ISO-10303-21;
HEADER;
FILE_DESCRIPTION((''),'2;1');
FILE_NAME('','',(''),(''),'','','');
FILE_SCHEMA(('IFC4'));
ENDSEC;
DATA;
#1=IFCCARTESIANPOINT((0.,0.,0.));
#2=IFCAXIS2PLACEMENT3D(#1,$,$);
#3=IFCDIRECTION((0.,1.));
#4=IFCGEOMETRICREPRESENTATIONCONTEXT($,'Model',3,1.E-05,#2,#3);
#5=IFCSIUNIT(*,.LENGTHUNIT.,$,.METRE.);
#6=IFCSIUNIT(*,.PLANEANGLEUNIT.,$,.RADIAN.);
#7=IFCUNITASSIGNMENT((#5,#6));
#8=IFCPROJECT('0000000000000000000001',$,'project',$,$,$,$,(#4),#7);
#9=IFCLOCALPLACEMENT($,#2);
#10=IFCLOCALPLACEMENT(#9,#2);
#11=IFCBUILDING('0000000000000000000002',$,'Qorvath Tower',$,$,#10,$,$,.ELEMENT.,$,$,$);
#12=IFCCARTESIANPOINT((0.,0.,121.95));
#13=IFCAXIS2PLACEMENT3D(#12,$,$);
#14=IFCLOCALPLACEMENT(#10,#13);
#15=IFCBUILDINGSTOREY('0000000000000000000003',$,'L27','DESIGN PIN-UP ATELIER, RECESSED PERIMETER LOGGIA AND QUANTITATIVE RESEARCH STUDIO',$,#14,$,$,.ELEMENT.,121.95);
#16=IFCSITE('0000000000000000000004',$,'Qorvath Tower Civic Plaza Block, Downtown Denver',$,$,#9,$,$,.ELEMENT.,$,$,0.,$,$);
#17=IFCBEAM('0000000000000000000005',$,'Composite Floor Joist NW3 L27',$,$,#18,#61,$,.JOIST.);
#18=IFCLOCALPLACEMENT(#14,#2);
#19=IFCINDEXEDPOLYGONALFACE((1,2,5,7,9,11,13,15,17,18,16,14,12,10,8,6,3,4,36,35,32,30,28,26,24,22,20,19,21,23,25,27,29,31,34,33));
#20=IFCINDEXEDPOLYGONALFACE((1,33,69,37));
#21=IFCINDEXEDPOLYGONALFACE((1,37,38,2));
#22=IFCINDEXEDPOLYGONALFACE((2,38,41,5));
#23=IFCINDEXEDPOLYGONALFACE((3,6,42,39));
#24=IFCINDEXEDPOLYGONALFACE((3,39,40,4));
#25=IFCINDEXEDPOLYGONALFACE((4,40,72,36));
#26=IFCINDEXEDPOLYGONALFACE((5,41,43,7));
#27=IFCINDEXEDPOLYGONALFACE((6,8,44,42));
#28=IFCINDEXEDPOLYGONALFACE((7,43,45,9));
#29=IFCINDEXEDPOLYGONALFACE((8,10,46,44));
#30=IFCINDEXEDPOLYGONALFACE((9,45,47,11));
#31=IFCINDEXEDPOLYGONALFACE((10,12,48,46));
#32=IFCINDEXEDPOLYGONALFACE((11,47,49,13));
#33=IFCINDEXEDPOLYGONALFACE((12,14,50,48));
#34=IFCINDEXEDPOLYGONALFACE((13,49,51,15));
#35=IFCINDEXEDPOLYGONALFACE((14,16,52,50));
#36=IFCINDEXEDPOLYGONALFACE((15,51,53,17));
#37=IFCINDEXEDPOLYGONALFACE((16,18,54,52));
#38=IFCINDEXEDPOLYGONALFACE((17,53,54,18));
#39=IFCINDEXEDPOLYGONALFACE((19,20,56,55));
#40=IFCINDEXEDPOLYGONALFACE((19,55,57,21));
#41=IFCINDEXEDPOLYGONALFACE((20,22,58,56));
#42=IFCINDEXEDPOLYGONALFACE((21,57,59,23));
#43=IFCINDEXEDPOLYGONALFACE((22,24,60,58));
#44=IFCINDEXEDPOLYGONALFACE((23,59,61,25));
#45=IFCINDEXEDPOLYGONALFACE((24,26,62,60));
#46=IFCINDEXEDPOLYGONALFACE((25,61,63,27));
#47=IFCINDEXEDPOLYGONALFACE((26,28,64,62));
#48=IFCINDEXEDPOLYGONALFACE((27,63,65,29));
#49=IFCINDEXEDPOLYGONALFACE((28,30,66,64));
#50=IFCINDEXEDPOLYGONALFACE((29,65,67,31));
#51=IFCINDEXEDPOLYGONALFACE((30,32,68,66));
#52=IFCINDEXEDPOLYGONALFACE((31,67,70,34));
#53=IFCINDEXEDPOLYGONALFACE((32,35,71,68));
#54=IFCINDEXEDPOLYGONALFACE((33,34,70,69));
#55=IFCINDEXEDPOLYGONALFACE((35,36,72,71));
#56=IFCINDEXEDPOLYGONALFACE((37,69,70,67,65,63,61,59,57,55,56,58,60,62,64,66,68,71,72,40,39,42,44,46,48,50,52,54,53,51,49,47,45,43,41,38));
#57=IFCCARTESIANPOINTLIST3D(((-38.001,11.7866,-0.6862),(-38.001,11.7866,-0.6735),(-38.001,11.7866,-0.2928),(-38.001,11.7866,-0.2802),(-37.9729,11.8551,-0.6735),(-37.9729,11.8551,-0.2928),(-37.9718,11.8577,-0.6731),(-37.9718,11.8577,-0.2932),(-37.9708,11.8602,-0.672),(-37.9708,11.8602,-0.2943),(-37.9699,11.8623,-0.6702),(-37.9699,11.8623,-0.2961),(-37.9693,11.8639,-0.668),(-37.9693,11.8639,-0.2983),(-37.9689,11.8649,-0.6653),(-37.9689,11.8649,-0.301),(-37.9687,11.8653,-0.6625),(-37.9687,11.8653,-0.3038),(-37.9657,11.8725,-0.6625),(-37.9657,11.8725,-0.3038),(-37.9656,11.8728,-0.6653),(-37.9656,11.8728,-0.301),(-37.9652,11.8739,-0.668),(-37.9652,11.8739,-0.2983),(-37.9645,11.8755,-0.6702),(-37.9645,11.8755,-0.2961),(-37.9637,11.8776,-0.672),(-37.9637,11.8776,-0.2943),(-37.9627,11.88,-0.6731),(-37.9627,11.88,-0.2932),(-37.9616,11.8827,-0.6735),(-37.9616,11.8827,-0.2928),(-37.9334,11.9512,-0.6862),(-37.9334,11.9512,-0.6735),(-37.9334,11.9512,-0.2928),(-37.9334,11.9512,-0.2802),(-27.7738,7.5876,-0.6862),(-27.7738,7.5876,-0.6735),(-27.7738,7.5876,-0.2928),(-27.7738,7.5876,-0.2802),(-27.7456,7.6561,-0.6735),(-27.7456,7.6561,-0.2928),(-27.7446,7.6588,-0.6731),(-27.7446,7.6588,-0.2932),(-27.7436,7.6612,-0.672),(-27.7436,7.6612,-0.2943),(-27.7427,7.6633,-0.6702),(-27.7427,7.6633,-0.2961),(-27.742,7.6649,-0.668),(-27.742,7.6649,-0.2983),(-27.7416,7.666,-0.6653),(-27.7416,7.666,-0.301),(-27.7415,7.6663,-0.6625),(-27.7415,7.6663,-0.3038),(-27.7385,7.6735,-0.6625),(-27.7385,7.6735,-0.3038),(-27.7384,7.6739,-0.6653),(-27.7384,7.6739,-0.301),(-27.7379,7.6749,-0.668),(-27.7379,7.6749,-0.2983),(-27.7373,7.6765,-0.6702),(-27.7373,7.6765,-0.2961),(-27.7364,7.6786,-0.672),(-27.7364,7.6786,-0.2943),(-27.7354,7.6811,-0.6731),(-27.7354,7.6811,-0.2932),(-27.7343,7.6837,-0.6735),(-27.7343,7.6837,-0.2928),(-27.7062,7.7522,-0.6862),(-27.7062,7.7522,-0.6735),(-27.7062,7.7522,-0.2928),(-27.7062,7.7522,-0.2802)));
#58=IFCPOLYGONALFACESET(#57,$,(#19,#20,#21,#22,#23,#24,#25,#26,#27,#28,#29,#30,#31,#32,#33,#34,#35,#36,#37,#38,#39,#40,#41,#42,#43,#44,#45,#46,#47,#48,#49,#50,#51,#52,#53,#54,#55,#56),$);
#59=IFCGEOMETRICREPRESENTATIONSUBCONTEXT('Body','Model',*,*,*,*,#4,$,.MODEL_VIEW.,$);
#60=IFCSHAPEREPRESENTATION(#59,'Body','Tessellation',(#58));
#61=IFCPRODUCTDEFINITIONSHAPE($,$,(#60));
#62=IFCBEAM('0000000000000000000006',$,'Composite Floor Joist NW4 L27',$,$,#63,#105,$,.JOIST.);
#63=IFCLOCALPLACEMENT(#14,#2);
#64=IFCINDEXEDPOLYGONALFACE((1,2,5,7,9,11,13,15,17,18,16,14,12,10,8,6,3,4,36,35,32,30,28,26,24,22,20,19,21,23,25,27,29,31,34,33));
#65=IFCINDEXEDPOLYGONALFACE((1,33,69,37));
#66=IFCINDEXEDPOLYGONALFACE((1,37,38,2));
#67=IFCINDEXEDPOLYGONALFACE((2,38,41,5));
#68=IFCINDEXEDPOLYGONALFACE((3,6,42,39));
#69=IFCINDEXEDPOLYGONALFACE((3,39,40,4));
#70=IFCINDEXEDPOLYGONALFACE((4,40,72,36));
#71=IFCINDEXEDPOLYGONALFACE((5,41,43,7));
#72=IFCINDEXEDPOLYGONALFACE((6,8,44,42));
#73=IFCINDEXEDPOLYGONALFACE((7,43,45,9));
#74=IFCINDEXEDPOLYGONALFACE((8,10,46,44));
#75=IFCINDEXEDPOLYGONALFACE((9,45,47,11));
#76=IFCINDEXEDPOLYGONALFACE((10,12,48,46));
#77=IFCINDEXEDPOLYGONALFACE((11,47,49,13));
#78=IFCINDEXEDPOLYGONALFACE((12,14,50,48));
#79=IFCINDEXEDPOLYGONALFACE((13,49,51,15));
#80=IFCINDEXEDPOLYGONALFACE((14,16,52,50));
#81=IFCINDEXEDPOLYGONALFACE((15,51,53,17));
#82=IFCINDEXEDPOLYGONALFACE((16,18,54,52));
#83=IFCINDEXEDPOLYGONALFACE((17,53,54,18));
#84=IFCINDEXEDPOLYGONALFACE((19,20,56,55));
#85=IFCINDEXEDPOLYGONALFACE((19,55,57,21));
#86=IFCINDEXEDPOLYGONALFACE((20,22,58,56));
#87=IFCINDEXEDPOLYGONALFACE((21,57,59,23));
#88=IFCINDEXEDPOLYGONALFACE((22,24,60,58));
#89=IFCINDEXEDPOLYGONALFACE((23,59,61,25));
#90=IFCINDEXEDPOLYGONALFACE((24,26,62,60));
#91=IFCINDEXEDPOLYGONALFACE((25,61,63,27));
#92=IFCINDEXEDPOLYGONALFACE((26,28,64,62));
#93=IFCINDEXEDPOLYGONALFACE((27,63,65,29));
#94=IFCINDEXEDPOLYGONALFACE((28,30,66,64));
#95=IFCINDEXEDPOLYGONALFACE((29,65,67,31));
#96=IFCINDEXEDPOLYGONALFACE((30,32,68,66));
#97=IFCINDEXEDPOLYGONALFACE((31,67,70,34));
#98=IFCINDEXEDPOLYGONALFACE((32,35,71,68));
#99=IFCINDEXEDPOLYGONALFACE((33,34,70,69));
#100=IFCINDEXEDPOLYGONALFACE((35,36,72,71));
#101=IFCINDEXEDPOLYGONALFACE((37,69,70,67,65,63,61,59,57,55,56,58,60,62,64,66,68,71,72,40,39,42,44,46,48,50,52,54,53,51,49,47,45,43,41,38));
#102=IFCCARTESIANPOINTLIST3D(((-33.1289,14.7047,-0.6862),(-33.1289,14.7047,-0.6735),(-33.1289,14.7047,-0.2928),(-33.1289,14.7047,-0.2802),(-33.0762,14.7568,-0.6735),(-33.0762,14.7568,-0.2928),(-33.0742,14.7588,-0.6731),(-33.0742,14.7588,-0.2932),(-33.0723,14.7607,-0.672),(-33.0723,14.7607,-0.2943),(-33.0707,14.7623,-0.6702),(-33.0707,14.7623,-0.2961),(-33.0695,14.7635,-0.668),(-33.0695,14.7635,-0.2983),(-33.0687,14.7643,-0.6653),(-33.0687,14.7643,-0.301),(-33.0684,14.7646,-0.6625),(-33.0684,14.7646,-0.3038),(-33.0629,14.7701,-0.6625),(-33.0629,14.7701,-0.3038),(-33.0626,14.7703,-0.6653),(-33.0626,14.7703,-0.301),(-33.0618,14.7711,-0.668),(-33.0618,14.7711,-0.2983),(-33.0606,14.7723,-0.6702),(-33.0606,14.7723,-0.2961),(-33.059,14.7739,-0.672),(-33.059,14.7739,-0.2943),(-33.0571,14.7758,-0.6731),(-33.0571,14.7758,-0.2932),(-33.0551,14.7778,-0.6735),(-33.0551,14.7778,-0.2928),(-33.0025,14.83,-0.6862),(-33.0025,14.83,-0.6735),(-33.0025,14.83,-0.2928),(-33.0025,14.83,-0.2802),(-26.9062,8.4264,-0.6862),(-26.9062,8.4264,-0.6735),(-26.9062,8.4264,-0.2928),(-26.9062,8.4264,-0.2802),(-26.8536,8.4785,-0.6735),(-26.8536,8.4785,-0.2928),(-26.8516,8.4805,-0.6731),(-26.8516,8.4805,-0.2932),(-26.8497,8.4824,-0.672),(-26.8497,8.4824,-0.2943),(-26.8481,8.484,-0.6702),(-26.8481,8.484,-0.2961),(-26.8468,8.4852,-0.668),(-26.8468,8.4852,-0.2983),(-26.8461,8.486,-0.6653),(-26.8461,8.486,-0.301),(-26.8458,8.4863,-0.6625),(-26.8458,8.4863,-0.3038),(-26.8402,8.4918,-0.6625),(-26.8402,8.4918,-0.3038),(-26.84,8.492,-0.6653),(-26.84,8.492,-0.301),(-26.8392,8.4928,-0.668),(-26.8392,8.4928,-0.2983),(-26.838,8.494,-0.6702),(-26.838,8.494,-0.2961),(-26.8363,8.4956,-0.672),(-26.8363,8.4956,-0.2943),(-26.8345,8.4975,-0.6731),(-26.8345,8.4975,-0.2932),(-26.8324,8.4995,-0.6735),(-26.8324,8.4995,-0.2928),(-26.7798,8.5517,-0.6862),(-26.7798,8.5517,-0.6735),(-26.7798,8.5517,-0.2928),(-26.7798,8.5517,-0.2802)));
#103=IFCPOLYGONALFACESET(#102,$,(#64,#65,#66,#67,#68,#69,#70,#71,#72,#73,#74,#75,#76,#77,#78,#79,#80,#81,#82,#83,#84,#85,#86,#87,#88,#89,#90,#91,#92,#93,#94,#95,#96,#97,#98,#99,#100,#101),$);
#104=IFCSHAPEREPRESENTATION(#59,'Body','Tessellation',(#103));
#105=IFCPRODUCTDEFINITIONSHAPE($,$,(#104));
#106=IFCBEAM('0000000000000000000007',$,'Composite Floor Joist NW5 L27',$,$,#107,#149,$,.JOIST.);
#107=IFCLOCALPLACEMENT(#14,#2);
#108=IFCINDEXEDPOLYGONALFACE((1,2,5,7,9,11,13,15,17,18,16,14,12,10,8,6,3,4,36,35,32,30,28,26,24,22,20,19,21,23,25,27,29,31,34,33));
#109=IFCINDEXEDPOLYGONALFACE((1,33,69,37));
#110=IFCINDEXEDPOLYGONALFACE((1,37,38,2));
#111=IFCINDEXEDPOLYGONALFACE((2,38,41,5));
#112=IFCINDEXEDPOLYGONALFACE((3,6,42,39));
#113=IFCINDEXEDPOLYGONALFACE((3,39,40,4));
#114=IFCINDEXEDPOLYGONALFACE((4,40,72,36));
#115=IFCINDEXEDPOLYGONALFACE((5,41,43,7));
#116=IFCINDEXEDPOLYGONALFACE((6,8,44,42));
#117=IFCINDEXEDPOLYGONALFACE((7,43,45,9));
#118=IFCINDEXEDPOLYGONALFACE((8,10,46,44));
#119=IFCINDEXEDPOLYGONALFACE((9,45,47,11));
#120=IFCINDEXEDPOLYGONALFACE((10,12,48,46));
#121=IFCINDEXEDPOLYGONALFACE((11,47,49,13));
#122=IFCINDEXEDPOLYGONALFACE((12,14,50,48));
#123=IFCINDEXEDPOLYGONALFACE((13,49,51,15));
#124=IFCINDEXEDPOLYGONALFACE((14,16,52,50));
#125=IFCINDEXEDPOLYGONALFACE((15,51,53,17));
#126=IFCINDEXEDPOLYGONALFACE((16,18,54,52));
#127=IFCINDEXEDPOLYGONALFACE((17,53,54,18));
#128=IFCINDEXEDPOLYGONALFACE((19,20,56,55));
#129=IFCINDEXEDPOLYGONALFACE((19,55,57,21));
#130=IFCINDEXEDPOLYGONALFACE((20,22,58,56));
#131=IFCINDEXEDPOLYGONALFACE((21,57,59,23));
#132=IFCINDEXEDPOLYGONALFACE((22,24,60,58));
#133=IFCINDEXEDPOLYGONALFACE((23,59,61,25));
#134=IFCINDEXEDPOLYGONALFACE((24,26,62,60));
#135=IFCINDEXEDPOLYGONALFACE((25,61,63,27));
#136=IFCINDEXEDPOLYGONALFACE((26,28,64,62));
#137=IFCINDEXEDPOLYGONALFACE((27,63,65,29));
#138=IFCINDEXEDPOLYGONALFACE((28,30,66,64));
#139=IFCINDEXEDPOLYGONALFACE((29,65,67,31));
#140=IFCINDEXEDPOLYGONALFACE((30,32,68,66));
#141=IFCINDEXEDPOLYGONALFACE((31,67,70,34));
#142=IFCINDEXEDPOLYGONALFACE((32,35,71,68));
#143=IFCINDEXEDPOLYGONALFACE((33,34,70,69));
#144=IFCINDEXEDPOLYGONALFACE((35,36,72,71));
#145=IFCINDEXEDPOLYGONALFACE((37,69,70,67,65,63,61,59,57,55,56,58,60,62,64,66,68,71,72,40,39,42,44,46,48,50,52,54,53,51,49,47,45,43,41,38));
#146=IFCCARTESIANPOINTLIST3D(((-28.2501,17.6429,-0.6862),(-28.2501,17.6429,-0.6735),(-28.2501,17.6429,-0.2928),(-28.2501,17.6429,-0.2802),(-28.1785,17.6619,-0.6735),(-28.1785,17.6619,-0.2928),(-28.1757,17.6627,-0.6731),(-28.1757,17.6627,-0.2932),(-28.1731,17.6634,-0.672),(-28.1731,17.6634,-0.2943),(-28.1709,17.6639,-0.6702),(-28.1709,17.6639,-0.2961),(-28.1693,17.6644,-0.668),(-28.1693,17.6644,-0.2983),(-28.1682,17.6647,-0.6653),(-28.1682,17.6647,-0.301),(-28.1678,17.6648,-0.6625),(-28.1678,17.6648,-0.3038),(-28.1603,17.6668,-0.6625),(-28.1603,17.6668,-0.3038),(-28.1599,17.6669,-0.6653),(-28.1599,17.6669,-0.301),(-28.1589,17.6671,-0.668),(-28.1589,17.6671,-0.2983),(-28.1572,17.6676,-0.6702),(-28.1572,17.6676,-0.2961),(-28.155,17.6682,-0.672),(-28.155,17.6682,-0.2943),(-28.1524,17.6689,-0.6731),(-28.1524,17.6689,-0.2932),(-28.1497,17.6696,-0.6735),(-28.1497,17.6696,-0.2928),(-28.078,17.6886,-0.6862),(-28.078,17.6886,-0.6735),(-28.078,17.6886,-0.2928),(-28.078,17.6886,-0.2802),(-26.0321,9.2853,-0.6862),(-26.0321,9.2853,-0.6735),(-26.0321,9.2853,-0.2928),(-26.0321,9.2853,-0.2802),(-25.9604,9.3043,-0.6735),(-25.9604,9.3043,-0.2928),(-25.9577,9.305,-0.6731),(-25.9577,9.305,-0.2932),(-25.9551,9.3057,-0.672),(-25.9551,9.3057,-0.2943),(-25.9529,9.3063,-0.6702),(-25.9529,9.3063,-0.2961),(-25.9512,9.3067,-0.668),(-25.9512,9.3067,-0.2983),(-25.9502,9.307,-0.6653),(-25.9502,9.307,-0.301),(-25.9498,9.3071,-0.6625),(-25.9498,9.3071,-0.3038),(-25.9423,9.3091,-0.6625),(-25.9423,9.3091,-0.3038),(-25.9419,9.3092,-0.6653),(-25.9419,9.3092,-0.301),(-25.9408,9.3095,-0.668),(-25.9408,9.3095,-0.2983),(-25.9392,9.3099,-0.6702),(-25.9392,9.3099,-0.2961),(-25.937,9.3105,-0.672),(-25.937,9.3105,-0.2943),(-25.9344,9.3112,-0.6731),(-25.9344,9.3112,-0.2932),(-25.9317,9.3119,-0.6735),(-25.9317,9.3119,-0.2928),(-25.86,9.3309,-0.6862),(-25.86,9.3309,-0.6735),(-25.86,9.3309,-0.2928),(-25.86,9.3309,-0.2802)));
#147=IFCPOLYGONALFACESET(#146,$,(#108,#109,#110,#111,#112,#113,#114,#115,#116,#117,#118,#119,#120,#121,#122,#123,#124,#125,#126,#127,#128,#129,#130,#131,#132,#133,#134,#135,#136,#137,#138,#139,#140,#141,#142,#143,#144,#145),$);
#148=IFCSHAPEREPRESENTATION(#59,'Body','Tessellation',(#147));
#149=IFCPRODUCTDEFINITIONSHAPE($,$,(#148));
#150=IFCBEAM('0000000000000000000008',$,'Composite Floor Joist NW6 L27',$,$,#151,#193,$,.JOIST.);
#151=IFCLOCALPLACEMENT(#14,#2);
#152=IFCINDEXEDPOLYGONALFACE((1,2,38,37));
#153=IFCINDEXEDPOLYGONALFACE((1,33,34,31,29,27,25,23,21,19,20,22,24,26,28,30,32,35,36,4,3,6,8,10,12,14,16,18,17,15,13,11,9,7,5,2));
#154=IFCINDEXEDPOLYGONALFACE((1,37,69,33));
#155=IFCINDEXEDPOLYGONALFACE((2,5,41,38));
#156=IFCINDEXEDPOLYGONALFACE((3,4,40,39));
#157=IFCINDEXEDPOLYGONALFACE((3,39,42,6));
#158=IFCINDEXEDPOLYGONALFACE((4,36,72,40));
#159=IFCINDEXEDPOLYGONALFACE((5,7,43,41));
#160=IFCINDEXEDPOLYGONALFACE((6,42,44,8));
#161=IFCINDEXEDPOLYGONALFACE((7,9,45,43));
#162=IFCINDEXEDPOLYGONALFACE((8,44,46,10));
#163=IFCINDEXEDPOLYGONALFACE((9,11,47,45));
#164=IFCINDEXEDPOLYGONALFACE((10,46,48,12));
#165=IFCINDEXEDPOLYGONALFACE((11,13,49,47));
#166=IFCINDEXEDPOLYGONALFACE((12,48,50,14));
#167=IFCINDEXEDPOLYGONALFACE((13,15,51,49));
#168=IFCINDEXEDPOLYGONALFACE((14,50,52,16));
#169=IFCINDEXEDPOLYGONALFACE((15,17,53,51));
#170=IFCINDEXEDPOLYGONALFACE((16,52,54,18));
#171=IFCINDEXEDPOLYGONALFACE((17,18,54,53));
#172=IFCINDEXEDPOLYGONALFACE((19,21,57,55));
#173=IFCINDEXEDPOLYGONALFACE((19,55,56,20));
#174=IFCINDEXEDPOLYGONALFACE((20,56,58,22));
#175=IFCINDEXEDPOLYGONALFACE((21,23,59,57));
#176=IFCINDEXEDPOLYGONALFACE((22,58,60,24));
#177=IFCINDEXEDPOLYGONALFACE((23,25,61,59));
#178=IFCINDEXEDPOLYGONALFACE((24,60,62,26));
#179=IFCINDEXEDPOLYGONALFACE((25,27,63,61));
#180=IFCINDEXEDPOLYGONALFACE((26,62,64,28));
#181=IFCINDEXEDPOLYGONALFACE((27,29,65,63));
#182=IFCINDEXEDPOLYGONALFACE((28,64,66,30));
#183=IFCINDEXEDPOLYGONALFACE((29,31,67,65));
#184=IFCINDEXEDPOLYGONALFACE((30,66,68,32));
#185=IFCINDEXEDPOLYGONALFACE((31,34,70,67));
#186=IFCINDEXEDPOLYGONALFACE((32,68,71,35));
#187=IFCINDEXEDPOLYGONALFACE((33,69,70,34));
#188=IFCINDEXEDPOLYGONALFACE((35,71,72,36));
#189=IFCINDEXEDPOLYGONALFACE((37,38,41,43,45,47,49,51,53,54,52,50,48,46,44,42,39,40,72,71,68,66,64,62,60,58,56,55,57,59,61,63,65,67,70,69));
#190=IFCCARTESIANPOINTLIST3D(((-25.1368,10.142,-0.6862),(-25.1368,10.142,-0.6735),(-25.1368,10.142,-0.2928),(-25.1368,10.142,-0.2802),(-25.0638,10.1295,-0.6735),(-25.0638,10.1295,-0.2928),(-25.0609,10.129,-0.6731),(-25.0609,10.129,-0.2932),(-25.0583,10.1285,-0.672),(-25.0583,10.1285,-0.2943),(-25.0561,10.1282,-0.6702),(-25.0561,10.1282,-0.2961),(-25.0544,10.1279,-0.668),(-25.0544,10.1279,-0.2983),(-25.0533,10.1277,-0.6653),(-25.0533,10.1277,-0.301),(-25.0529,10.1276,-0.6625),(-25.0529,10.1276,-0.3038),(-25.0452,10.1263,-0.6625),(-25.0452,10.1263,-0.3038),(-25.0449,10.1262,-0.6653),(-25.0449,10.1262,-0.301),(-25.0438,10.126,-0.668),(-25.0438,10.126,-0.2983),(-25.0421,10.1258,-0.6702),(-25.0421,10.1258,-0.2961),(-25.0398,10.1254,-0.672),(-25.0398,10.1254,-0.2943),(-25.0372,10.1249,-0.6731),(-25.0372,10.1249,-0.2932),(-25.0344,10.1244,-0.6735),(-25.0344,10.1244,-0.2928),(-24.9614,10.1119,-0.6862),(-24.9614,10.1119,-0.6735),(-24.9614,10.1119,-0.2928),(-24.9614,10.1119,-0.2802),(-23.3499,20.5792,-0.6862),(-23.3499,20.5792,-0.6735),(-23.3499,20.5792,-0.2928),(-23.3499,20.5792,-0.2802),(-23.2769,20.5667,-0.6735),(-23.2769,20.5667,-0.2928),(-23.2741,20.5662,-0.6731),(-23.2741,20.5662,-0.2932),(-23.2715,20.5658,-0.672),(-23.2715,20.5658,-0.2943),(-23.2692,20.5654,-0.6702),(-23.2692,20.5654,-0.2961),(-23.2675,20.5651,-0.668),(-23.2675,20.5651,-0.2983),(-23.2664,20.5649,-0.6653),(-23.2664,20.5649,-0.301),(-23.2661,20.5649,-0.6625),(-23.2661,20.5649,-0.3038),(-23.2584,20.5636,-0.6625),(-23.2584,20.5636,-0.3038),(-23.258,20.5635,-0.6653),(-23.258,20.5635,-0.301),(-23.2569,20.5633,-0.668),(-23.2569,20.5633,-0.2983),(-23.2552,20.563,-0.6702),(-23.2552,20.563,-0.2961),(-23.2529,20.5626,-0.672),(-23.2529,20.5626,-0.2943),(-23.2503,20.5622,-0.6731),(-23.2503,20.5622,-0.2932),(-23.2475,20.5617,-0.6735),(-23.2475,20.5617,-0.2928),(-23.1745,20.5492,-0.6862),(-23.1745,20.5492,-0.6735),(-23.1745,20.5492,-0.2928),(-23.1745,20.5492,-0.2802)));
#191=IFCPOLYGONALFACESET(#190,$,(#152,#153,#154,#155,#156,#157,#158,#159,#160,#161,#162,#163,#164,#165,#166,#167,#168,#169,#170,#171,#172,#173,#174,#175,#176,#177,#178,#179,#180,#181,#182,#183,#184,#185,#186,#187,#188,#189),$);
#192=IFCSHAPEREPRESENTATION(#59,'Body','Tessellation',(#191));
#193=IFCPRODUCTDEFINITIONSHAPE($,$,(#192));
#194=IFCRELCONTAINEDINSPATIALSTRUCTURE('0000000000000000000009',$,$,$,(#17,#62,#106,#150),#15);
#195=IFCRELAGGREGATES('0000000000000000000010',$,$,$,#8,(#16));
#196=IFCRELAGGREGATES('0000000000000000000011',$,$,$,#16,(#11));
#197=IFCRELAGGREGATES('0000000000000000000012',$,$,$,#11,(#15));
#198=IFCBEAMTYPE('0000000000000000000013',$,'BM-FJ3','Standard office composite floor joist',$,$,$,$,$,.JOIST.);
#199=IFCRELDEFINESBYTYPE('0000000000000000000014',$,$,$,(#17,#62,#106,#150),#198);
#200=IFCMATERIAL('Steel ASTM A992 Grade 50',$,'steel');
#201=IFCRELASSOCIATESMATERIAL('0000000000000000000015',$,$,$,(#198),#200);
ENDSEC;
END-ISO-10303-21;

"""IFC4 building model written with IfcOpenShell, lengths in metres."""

from ifc_helpers import new_model, si_unit, direction, frame, origin, origin_2d, place, context, subcontext, project, spatial, i_section, extrude, material, material_profile, profile_set, type_object, element, save


model = new_model("IFC4")

# Units and contexts
model_context = context("Model", 3, precision=1e-05, world=origin(), true_north=direction((0.0, 1.0)))
body_context = subcontext(model_context, "Body", "Model", "MODEL_VIEW")
ifc_project = project(units=[si_unit("LENGTHUNIT", "METRE"), si_unit("PLANEANGLEUNIT", "RADIAN")], contexts=[model_context])

# Site, building, storey
site_placement = place(None, origin())
site = spatial("IfcSite", under=ifc_project, at=site_placement, Name="Qorvath Tower Civic Plaza Block, Downtown Denver", CompositionType="ELEMENT", RefElevation=0.0)
building_placement = place(site_placement, origin())
building = spatial("IfcBuilding", under=site, at=building_placement, Name="Qorvath Tower", CompositionType="ELEMENT")
storey_placement = place(building_placement, frame((0.0, 0.0, 121.95)))
storey = spatial("IfcBuildingStorey", under=building, at=storey_placement, Name="L27", Description="DESIGN PIN-UP ATELIER, RECESSED PERIMETER LOGGIA AND QUANTITATIVE RESEARCH STUDIO", CompositionType="ELEMENT", Elevation=121.95)

# Beams
ifc_material_1 = material(Name="Steel ASTM A992 Grade 50", Category="steel")
ifc_material_profile_1 = material_profile(ifc_material_1, i_section(OverallWidth=0.178, OverallDepth=0.406, WebThickness=0.0078, FlangeThickness=0.0127, FilletRadius=0.011, at=origin_2d()), Name="W16x40")
ifc_profile_set_1 = profile_set([ifc_material_profile_1], Name="Steel ASTM A992 Grade 50")
beam_type_1 = type_object("IfcBeamType", Name="BM-FJ3", Description="Standard office composite floor joist", PredefinedType="JOIST", material=ifc_profile_set_1)
beam_1_placement = place(storey_placement, frame((-27.74, 7.6699, -0.4832), z_axis=(-0.925068, 0.379801, 0.0), x_axis=(-0.379801, -0.925068, 0.0)))
element("IfcBeam", 1, at=beam_1_placement, inside=storey, type_object=beam_type_1, Name="Composite Floor Joist NW3 L27", PredefinedType="JOIST", context=body_context, shape_type="SweptSolid", body=[
    extrude(i_section(OverallWidth=0.178, OverallDepth=0.406, WebThickness=0.0078, FlangeThickness=0.0127, FilletRadius=0.011, at=origin_2d()), origin(), (0.0, 0.0, 1.0), 11.0557),
])
beam_2_placement = place(storey_placement, frame((-26.843, 8.489, -0.4832), z_axis=(-0.703951, 0.710248, 0.0), x_axis=(-0.710248, -0.703951, 0.0)))
element("IfcBeam", 2, at=beam_2_placement, inside=storey, type_object=beam_type_1, Name="Composite Floor Joist NW4 L27", PredefinedType="JOIST", context=body_context, shape_type="SweptSolid", body=[
    extrude(i_section(OverallWidth=0.178, OverallDepth=0.406, WebThickness=0.0078, FlangeThickness=0.0127, FilletRadius=0.011, at=origin_2d()), origin(), (0.0, 0.0, 1.0), 8.8396),
])
beam_3_placement = place(storey_placement, frame((-25.946, 9.3081, -0.4832), z_axis=(-0.256508, 0.966542, 0.0), x_axis=(-0.966542, -0.256508, 0.0)))
element("IfcBeam", 3, at=beam_3_placement, inside=storey, type_object=beam_type_1, Name="Composite Floor Joist NW5 L27", PredefinedType="JOIST", context=body_context, shape_type="SweptSolid", body=[
    extrude(i_section(OverallWidth=0.178, OverallDepth=0.406, WebThickness=0.0078, FlangeThickness=0.0127, FilletRadius=0.011, at=origin_2d()), origin(), (0.0, 0.0, 1.0), 8.647),
])
beam_4_placement = place(storey_placement, frame((-25.0491, 10.127, -0.4832), z_axis=(0.168746, 0.98566, 0.0), x_axis=(-0.98566, 0.168746, 0.0)))
element("IfcBeam", 4, at=beam_4_placement, inside=storey, type_object=beam_type_1, Name="Composite Floor Joist NW6 L27", PredefinedType="JOIST", context=body_context, shape_type="SweptSolid", body=[
    extrude(i_section(OverallWidth=0.178, OverallDepth=0.406, WebThickness=0.0078, FlangeThickness=0.0127, FilletRadius=0.011, at=origin_2d()), origin(), (0.0, 0.0, 1.0), 10.5891),
])

save(model, "model.ifc")
